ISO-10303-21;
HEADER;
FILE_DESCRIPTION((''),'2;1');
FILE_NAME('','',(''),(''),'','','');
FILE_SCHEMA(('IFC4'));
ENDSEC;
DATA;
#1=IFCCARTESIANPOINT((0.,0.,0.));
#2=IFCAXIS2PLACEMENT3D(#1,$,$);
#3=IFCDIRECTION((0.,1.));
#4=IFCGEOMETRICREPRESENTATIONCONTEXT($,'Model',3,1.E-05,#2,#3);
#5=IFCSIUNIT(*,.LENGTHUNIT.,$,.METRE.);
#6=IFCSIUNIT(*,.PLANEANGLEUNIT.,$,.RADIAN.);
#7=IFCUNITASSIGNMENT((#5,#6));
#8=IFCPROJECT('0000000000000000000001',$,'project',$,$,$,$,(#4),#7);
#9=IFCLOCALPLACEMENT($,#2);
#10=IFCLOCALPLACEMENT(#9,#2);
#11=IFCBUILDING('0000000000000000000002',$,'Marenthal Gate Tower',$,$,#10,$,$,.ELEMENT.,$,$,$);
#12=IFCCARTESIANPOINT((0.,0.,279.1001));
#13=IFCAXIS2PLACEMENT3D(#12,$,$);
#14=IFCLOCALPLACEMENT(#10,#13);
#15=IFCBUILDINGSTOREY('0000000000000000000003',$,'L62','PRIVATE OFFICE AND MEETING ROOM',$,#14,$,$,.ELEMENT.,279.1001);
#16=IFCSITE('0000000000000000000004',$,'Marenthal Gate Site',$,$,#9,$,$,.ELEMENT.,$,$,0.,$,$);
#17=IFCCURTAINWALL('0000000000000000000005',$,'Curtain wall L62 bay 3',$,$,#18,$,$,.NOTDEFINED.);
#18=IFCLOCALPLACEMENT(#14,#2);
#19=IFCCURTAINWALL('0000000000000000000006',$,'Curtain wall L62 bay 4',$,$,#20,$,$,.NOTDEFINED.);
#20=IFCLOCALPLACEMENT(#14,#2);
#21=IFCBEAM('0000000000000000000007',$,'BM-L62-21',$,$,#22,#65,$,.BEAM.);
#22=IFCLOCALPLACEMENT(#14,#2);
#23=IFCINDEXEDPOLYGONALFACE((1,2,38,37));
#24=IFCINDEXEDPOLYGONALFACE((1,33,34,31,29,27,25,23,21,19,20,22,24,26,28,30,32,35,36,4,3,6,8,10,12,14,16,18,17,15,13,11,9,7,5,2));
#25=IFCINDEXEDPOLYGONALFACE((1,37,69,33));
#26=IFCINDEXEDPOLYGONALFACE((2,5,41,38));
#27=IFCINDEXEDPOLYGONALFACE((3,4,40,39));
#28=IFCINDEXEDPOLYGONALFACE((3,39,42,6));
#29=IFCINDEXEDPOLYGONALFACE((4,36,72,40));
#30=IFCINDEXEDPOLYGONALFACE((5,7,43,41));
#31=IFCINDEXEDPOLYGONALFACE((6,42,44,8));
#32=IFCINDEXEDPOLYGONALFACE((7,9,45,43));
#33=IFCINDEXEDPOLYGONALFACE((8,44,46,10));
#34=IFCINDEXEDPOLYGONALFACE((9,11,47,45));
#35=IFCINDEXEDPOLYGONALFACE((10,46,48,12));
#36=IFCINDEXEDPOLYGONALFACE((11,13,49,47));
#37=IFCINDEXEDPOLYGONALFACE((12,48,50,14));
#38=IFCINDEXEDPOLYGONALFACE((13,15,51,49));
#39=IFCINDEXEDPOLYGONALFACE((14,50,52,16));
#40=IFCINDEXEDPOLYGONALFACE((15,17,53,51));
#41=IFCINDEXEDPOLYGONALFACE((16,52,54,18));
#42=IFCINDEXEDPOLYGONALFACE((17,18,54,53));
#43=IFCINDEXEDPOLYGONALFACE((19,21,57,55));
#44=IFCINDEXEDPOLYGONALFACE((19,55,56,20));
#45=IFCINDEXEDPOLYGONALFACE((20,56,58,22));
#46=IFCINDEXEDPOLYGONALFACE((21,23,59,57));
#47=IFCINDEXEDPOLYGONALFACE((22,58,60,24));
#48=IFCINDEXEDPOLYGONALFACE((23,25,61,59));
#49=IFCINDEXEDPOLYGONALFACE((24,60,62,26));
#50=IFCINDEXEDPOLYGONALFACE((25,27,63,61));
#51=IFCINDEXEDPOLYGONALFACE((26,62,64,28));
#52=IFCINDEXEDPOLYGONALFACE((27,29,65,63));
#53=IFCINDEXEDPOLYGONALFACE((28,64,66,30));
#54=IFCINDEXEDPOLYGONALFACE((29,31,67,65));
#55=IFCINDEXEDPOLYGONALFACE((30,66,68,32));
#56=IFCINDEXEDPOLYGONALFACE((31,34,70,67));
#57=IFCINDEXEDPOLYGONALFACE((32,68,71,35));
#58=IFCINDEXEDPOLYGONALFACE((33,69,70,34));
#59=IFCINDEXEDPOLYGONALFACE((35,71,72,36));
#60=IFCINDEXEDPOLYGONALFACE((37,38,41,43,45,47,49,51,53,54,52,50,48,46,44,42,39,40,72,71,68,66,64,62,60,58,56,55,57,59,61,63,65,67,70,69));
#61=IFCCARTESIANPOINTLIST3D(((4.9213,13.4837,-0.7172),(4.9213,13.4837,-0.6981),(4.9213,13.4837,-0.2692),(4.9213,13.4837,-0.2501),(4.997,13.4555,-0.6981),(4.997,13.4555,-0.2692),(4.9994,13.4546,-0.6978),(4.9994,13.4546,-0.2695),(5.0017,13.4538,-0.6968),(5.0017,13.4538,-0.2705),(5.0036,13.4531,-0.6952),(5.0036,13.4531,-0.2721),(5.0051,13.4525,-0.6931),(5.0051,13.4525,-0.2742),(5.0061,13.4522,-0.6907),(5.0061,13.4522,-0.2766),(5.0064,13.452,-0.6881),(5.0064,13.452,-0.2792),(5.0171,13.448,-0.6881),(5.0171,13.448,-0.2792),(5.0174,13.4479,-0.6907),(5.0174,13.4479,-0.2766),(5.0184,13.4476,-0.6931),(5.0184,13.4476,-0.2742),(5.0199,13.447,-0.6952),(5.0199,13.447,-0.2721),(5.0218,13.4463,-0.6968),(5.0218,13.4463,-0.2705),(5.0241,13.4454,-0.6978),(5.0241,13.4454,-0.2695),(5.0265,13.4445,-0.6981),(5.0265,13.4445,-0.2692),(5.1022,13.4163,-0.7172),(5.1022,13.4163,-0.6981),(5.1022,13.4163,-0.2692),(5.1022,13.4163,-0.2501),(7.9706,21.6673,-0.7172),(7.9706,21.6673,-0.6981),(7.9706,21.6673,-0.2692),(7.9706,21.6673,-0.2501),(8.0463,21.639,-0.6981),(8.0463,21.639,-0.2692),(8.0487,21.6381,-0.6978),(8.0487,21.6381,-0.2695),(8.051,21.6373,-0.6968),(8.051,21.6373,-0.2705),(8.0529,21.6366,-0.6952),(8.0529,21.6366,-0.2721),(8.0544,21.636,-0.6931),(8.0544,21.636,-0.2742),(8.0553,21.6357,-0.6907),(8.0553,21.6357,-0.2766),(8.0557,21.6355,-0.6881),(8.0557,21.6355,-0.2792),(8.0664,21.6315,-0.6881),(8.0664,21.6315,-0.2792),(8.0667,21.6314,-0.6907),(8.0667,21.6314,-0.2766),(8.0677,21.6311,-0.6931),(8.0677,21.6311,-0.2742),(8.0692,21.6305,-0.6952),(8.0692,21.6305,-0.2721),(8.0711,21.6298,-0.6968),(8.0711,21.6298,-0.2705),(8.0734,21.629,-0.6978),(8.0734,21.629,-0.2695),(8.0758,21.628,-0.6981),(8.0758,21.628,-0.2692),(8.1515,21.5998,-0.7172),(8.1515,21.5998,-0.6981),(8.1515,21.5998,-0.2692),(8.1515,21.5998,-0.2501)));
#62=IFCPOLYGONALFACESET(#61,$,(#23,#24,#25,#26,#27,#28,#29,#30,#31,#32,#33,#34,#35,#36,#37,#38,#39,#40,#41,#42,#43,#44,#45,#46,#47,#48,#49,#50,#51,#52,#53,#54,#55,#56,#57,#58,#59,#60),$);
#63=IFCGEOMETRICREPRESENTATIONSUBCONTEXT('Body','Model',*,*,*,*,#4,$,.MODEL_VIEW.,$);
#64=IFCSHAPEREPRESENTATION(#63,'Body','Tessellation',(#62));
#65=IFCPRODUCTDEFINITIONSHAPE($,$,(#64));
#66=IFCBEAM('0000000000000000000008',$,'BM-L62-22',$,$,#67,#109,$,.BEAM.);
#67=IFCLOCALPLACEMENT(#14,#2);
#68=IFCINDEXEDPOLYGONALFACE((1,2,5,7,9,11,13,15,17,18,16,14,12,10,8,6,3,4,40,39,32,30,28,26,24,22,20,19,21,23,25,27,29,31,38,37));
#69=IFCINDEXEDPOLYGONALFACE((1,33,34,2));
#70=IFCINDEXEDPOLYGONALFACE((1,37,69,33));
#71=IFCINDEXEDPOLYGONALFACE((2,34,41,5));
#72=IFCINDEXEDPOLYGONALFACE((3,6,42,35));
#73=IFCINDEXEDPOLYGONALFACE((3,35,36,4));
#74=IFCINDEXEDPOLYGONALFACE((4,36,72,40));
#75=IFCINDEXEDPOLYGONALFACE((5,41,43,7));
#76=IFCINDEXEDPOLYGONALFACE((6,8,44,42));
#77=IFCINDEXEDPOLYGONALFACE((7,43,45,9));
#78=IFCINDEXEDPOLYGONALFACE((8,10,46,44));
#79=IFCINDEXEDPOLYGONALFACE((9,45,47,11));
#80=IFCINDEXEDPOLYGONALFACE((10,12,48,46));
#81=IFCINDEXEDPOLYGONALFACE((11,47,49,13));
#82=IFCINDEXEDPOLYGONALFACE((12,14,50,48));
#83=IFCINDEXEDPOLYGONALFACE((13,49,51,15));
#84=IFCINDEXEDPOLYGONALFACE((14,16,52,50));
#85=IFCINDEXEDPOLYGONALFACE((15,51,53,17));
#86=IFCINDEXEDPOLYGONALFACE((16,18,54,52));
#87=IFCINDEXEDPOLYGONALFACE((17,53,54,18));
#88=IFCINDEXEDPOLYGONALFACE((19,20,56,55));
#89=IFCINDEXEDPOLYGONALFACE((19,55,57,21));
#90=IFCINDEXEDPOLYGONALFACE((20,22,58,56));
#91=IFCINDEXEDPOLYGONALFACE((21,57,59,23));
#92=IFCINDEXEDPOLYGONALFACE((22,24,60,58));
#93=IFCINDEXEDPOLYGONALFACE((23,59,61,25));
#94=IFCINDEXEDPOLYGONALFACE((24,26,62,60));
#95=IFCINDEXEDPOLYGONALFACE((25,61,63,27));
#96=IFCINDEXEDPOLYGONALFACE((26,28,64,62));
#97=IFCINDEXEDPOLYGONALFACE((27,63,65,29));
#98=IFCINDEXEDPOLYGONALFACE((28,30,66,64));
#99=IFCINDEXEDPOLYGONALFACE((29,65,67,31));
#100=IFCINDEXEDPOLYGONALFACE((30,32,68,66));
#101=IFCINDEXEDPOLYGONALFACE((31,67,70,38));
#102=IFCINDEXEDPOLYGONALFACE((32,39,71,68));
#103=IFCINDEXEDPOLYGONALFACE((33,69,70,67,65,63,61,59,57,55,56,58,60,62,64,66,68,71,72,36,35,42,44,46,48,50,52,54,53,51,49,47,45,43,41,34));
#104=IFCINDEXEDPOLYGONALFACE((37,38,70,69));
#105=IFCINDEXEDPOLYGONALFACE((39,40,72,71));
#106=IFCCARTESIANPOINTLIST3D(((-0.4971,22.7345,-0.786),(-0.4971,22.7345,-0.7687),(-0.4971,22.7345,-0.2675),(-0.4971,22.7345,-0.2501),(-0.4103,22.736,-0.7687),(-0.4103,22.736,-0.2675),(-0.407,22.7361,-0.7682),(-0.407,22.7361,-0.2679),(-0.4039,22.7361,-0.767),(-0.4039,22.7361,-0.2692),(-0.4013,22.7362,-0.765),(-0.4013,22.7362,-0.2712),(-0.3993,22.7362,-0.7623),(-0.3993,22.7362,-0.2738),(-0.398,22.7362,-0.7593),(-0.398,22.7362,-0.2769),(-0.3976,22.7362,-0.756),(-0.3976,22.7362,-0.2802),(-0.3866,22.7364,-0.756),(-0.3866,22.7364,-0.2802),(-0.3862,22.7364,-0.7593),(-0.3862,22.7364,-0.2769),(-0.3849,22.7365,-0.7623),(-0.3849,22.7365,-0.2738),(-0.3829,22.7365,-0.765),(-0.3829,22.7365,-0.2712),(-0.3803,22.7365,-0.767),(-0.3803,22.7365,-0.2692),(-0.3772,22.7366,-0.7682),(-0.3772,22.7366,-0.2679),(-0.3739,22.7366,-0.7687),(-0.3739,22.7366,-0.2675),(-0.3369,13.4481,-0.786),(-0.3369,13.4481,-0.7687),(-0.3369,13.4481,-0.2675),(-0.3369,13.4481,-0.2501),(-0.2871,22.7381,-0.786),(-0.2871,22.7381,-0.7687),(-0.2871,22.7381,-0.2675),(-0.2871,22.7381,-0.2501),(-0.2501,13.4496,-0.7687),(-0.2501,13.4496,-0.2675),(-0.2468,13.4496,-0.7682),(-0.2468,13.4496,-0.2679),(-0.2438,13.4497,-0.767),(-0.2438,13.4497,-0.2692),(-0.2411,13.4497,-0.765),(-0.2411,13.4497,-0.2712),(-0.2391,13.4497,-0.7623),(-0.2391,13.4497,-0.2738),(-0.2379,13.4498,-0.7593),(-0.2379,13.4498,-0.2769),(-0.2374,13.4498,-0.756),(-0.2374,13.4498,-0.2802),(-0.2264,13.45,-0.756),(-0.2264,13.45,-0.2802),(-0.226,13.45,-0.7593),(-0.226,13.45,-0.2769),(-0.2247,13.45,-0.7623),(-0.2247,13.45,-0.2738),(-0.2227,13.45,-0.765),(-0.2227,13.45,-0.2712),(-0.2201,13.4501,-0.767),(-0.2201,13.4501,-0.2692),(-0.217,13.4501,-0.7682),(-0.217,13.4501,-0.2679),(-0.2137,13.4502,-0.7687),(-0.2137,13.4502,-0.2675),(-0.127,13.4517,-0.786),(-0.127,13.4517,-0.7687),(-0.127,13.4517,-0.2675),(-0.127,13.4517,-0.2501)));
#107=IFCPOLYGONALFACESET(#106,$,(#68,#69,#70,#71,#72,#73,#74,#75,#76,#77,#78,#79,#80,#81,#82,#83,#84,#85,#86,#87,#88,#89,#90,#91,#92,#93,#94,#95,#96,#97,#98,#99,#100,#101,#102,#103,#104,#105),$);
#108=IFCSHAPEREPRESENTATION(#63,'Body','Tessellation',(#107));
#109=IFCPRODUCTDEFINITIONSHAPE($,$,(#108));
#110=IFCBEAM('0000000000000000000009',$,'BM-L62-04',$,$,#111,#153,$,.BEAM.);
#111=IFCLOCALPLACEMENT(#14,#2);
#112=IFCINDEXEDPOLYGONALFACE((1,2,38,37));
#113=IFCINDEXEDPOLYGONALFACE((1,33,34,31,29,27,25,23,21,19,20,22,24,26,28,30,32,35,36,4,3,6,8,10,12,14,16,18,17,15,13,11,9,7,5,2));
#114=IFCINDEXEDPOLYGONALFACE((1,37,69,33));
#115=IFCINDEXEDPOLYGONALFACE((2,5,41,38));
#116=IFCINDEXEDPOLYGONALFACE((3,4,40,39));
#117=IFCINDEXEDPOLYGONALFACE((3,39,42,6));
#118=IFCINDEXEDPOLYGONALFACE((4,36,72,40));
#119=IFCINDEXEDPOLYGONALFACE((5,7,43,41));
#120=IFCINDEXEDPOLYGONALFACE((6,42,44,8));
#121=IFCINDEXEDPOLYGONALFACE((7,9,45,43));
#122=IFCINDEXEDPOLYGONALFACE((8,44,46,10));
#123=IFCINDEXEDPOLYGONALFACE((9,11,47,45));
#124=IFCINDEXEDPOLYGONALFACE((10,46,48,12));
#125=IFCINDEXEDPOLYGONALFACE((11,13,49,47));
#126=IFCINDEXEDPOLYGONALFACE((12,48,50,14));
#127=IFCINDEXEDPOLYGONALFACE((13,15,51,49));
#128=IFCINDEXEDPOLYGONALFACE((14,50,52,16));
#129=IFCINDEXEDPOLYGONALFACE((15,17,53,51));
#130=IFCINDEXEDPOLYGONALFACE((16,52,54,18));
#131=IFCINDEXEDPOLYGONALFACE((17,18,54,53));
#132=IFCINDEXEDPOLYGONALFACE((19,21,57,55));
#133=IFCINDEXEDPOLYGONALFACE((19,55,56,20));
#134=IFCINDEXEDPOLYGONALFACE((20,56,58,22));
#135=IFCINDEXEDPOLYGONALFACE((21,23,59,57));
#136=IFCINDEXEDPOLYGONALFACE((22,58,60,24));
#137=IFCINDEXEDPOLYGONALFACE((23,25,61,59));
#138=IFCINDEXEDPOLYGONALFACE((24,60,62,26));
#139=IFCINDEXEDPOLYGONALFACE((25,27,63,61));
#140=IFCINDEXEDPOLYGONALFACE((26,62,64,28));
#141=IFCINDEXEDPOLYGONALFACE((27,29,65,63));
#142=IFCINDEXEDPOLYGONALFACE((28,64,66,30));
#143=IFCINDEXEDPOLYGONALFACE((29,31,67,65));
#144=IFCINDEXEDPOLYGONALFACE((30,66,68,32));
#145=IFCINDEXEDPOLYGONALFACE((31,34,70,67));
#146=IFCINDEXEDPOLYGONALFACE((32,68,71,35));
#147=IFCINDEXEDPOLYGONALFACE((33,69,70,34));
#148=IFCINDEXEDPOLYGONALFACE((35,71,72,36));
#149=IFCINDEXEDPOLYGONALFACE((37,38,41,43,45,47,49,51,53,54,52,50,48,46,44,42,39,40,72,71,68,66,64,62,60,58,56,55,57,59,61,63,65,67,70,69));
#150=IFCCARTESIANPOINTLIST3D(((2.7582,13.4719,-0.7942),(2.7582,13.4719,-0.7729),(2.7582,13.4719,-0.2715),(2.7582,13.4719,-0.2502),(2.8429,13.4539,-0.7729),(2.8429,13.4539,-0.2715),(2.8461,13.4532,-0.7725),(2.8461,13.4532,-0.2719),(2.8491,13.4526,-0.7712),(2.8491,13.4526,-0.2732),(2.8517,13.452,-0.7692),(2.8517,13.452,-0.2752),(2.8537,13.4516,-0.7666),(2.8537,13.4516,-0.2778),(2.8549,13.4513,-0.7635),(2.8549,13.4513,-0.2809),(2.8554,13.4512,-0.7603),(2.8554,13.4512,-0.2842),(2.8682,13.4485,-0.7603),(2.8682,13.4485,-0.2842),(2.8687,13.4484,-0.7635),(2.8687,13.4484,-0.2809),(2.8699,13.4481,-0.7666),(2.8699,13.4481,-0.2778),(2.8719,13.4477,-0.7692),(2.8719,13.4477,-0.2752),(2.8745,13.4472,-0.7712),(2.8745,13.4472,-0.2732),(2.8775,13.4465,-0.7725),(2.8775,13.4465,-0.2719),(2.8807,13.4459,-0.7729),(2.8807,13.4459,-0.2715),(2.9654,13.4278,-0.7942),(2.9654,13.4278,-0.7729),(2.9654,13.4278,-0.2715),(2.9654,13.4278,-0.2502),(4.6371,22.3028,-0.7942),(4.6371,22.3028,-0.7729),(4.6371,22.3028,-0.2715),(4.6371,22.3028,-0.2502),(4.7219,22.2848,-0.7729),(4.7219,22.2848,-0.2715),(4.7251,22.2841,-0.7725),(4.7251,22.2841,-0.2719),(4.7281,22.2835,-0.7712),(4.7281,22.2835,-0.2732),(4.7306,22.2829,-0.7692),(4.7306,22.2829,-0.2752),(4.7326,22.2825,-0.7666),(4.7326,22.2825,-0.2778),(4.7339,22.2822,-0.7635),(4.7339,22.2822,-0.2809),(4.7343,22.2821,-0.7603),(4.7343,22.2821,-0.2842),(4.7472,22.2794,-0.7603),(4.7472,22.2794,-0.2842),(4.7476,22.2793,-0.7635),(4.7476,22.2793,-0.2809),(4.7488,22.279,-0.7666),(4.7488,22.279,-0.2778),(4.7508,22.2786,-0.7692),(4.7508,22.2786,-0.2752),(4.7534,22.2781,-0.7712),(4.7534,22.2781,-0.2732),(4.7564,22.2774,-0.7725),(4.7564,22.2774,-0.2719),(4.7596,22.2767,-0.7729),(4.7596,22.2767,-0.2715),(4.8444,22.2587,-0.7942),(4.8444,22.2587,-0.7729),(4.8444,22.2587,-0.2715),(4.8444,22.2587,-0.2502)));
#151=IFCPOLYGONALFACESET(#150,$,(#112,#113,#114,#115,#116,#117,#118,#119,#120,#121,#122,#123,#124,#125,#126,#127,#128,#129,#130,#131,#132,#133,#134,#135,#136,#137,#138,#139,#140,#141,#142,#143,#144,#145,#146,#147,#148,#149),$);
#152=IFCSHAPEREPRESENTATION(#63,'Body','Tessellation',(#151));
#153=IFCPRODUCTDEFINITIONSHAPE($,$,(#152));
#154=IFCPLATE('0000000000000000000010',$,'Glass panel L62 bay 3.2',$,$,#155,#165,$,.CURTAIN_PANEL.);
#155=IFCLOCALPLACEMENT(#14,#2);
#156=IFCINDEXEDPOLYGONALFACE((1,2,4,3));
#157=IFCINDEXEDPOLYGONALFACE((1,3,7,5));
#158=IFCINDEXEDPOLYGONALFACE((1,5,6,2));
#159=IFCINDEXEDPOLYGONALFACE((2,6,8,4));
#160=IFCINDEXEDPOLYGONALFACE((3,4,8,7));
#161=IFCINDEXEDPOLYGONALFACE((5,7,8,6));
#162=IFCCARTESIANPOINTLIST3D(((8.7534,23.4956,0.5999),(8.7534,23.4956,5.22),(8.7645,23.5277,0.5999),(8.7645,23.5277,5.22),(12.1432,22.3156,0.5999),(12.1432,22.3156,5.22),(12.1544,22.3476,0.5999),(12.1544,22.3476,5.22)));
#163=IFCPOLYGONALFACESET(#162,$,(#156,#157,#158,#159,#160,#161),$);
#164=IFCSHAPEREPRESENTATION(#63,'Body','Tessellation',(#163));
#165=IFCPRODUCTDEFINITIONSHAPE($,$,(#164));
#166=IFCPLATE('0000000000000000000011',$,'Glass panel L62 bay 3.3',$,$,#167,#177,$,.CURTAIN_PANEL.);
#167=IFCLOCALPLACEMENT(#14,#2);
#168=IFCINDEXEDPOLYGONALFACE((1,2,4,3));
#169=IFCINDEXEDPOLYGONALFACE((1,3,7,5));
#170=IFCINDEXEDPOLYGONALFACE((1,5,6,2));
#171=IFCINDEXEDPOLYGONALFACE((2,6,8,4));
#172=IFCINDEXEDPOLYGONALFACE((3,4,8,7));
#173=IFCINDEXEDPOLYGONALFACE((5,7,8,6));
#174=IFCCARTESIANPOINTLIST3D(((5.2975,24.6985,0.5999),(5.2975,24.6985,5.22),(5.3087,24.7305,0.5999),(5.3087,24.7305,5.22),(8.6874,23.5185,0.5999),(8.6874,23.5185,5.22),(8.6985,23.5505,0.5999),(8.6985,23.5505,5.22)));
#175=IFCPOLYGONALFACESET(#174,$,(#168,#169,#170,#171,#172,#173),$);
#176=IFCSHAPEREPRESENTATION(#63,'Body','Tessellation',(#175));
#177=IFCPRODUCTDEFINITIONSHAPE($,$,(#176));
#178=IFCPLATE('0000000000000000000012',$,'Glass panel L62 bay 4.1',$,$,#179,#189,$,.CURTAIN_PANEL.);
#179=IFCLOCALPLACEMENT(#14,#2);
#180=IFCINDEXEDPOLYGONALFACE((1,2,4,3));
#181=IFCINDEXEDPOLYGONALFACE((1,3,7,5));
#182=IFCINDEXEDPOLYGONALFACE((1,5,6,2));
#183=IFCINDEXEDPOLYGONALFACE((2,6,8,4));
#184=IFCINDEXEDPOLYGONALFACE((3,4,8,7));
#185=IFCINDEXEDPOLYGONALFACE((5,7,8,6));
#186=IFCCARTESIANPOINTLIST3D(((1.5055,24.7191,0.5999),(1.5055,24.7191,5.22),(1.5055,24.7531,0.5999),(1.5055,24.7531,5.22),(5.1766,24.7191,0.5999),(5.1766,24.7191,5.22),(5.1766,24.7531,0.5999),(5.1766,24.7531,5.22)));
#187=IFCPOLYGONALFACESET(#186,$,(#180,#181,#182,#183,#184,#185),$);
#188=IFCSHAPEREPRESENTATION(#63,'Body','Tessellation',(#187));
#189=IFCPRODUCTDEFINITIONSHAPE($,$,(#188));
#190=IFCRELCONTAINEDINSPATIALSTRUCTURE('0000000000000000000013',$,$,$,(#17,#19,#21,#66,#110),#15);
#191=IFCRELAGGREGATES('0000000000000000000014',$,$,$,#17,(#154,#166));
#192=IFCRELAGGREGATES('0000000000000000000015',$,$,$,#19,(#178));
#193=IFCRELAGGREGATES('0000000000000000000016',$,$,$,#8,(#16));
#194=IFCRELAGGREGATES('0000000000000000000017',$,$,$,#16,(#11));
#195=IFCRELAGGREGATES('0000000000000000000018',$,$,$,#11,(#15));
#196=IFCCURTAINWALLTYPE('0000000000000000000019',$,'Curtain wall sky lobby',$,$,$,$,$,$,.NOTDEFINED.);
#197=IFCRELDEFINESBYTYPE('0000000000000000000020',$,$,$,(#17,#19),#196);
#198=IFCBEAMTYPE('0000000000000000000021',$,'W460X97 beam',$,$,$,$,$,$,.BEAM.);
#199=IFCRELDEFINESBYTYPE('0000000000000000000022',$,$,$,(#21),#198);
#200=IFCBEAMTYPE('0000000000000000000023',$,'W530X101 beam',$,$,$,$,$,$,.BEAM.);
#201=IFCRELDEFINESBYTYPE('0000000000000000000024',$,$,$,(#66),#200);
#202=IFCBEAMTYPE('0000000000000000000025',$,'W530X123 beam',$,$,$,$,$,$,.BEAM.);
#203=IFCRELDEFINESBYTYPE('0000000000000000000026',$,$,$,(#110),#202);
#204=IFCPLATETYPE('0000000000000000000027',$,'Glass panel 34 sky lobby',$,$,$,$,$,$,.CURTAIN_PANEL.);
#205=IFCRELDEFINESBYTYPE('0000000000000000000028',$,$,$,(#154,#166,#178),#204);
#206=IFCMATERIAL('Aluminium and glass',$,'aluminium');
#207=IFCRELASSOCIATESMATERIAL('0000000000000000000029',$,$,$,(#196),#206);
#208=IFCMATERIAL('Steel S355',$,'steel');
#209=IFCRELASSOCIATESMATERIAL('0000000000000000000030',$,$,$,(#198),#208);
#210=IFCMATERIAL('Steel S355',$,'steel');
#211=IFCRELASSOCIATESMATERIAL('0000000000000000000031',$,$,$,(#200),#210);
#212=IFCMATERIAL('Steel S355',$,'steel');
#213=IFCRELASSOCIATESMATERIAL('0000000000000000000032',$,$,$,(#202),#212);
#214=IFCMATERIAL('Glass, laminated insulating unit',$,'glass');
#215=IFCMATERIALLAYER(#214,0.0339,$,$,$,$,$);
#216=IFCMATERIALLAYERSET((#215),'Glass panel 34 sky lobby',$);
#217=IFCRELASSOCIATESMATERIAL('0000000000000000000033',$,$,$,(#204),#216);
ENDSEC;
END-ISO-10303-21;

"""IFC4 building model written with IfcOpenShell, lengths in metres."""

from ifc_helpers import new_model, si_unit, direction, frame, origin, origin_2d, place, context, subcontext, project, spatial, rectangle, i_section, extrude, material, layer, layer_set, material_profile, profile_set, type_object, element, aggregate, save


model = new_model("IFC4")

# Units and contexts
model_context = context("Model", 3, precision=1e-05, world=origin(), true_north=direction((0.0, 1.0)))
body_context = subcontext(model_context, "Body", "Model", "MODEL_VIEW")
ifc_project = project(units=[si_unit("LENGTHUNIT", "METRE"), si_unit("PLANEANGLEUNIT", "RADIAN")], contexts=[model_context])

# Site, building, storey
site_placement = place(None, origin())
site = spatial("IfcSite", under=ifc_project, at=site_placement, Name="Marenthal Gate Site", CompositionType="ELEMENT", RefElevation=0.0)
building_placement = place(site_placement, origin())
building = spatial("IfcBuilding", under=site, at=building_placement, Name="Marenthal Gate Tower", CompositionType="ELEMENT")
storey_placement = place(building_placement, frame((0.0, 0.0, 279.1001)))
storey = spatial("IfcBuildingStorey", under=building, at=storey_placement, Name="L62", Description="PRIVATE OFFICE AND MEETING ROOM", CompositionType="ELEMENT", Elevation=279.1001)

# Curtain walls
ifc_material_1 = material(Name="Aluminium and glass", Category="aluminium")
curtain_wall_type = type_object("IfcCurtainWallType", Name="Curtain wall sky lobby", PredefinedType="NOTDEFINED", material=ifc_material_1)
curtain_wall_1_placement = place(storey_placement, origin())
curtain_wall_1 = element("IfcCurtainWall", 1, at=curtain_wall_1_placement, inside=storey, type_object=curtain_wall_type, Name="Curtain wall L62 bay 3", PredefinedType="NOTDEFINED")
curtain_wall_2_placement = place(storey_placement, origin())
curtain_wall_2 = element("IfcCurtainWall", 2, at=curtain_wall_2_placement, inside=storey, type_object=curtain_wall_type, Name="Curtain wall L62 bay 4", PredefinedType="NOTDEFINED")

# Beams
ifc_material_2 = material(Name="Steel S355", Category="steel")
ifc_material_profile_1 = material_profile(ifc_material_2, i_section(OverallWidth=0.1931, OverallDepth=0.467, WebThickness=0.0115, FlangeThickness=0.019, FilletRadius=0.01, at=origin_2d()), Name="W460X97")
ifc_profile_set_1 = profile_set([ifc_material_profile_1], Name="Steel S355")
beam_type_1 = type_object("IfcBeamType", Name="W460X97 beam", PredefinedType="BEAM", material=ifc_profile_set_1)
beam_1_placement = place(storey_placement, frame((8.061, 21.6335, -0.4836), z_axis=(-0.349162, -0.937062, 0.0), x_axis=(0.937062, -0.349162, 0.0)))
element("IfcBeam", 3, at=beam_1_placement, inside=storey, type_object=beam_type_1, Name="BM-L62-21", PredefinedType="BEAM", context=body_context, shape_type="SweptSolid", body=[
    extrude(i_section(OverallWidth=0.1931, OverallDepth=0.467, WebThickness=0.0115, FlangeThickness=0.019, FilletRadius=0.01, at=origin_2d()), origin(), (0.0, 0.0, 1.0), 8.7332),
])
ifc_material_3 = material(Name="Steel S355", Category="steel")
ifc_material_profile_2 = material_profile(ifc_material_3, i_section(OverallWidth=0.21, OverallDepth=0.5359, WebThickness=0.011, FlangeThickness=0.0173, FilletRadius=0.0127, at=origin_2d()), Name="W530X101")
ifc_profile_set_2 = profile_set([ifc_material_profile_2], Name="Steel S355")
beam_type_2 = type_object("IfcBeamType", Name="W530X101 beam", PredefinedType="BEAM", material=ifc_profile_set_2)
beam_2_placement = place(storey_placement, frame((-0.3921, 22.7363, -0.5181), z_axis=(0.017244, -0.999851, 0.0), x_axis=(0.999851, 0.017244, 0.0)))
element("IfcBeam", 4, at=beam_2_placement, inside=storey, type_object=beam_type_2, Name="BM-L62-22", PredefinedType="BEAM", context=body_context, shape_type="SweptSolid", body=[
    extrude(i_section(OverallWidth=0.21, OverallDepth=0.5359, WebThickness=0.011, FlangeThickness=0.0173, FilletRadius=0.0127, at=origin_2d()), origin(), (0.0, 0.0, 1.0), 9.2878),
])
ifc_material_4 = material(Name="Steel S355", Category="steel")
ifc_material_profile_3 = material_profile(ifc_material_4, i_section(OverallWidth=0.2119, OverallDepth=0.5439, WebThickness=0.0132, FlangeThickness=0.0212, FilletRadius=0.0127, at=origin_2d()), Name="W530X123")
ifc_profile_set_3 = profile_set([ifc_material_profile_3], Name="Steel S355")
beam_type_3 = type_object("IfcBeamType", Name="W530X123 beam", PredefinedType="BEAM", material=ifc_profile_set_3)
beam_3_placement = place(storey_placement, frame((4.7407, 22.2808, -0.5222), z_axis=(-0.208109, -0.978106, 0.0), x_axis=(0.978106, -0.208109, 0.0)))
element("IfcBeam", 5, at=beam_3_placement, inside=storey, type_object=beam_type_3, Name="BM-L62-04", PredefinedType="BEAM", context=body_context, shape_type="SweptSolid", body=[
    extrude(i_section(OverallWidth=0.2119, OverallDepth=0.5439, WebThickness=0.0132, FlangeThickness=0.0212, FilletRadius=0.0127, at=origin_2d()), origin(), (0.0, 0.0, 1.0), 9.0286),
])

# Plates
ifc_material_5 = material(Name="Glass, laminated insulating unit", Category="glass")
ifc_layer_1 = layer(ifc_material_5, 0.0339)
ifc_layer_set_1 = layer_set([ifc_layer_1], Name="Glass panel 34 sky lobby")
plate_type = type_object("IfcPlateType", Name="Glass panel 34 sky lobby", PredefinedType="CURTAIN_PANEL", material=ifc_layer_set_1)
plate_1_placement = place(storey_placement, frame((10.4539, 22.9216, 0.5999), z_axis=(0.0, 0.0, 1.0), x_axis=(-0.944415, 0.328757, 0.0)))
plate_1 = element("IfcPlate", 6, at=plate_1_placement, type_object=plate_type, Name="Glass panel L62 bay 3.2", PredefinedType="CURTAIN_PANEL", context=body_context, shape_type="SweptSolid", body=[
    extrude(rectangle(XDim=3.5894, YDim=0.0339, at=origin_2d()), origin(), (0.0, 0.0, 1.0), 4.6201),
])
plate_2_placement = place(storey_placement, frame((6.998, 24.1245, 0.5999), z_axis=(0.0, 0.0, 1.0), x_axis=(-0.944415, 0.328757, 0.0)))
plate_2 = element("IfcPlate", 7, at=plate_2_placement, type_object=plate_type, Name="Glass panel L62 bay 3.3", PredefinedType="CURTAIN_PANEL", context=body_context, shape_type="SweptSolid", body=[
    extrude(rectangle(XDim=3.5894, YDim=0.0339, at=origin_2d()), origin(), (0.0, 0.0, 1.0), 4.6201),
])
aggregate(curtain_wall_1, [plate_1, plate_2])
plate_3_placement = place(storey_placement, frame((3.3411, 24.7361, 0.5999), z_axis=(0.0, 0.0, 1.0), x_axis=(-1.0, 0.0, 0.0)))
plate_3 = element("IfcPlate", 8, at=plate_3_placement, type_object=plate_type, Name="Glass panel L62 bay 4.1", PredefinedType="CURTAIN_PANEL", context=body_context, shape_type="SweptSolid", body=[
    extrude(rectangle(XDim=3.6711, YDim=0.0339, at=origin_2d()), origin(), (0.0, 0.0, 1.0), 4.6201),
])
aggregate(curtain_wall_2, [plate_3])

save(model, "model.ifc")
